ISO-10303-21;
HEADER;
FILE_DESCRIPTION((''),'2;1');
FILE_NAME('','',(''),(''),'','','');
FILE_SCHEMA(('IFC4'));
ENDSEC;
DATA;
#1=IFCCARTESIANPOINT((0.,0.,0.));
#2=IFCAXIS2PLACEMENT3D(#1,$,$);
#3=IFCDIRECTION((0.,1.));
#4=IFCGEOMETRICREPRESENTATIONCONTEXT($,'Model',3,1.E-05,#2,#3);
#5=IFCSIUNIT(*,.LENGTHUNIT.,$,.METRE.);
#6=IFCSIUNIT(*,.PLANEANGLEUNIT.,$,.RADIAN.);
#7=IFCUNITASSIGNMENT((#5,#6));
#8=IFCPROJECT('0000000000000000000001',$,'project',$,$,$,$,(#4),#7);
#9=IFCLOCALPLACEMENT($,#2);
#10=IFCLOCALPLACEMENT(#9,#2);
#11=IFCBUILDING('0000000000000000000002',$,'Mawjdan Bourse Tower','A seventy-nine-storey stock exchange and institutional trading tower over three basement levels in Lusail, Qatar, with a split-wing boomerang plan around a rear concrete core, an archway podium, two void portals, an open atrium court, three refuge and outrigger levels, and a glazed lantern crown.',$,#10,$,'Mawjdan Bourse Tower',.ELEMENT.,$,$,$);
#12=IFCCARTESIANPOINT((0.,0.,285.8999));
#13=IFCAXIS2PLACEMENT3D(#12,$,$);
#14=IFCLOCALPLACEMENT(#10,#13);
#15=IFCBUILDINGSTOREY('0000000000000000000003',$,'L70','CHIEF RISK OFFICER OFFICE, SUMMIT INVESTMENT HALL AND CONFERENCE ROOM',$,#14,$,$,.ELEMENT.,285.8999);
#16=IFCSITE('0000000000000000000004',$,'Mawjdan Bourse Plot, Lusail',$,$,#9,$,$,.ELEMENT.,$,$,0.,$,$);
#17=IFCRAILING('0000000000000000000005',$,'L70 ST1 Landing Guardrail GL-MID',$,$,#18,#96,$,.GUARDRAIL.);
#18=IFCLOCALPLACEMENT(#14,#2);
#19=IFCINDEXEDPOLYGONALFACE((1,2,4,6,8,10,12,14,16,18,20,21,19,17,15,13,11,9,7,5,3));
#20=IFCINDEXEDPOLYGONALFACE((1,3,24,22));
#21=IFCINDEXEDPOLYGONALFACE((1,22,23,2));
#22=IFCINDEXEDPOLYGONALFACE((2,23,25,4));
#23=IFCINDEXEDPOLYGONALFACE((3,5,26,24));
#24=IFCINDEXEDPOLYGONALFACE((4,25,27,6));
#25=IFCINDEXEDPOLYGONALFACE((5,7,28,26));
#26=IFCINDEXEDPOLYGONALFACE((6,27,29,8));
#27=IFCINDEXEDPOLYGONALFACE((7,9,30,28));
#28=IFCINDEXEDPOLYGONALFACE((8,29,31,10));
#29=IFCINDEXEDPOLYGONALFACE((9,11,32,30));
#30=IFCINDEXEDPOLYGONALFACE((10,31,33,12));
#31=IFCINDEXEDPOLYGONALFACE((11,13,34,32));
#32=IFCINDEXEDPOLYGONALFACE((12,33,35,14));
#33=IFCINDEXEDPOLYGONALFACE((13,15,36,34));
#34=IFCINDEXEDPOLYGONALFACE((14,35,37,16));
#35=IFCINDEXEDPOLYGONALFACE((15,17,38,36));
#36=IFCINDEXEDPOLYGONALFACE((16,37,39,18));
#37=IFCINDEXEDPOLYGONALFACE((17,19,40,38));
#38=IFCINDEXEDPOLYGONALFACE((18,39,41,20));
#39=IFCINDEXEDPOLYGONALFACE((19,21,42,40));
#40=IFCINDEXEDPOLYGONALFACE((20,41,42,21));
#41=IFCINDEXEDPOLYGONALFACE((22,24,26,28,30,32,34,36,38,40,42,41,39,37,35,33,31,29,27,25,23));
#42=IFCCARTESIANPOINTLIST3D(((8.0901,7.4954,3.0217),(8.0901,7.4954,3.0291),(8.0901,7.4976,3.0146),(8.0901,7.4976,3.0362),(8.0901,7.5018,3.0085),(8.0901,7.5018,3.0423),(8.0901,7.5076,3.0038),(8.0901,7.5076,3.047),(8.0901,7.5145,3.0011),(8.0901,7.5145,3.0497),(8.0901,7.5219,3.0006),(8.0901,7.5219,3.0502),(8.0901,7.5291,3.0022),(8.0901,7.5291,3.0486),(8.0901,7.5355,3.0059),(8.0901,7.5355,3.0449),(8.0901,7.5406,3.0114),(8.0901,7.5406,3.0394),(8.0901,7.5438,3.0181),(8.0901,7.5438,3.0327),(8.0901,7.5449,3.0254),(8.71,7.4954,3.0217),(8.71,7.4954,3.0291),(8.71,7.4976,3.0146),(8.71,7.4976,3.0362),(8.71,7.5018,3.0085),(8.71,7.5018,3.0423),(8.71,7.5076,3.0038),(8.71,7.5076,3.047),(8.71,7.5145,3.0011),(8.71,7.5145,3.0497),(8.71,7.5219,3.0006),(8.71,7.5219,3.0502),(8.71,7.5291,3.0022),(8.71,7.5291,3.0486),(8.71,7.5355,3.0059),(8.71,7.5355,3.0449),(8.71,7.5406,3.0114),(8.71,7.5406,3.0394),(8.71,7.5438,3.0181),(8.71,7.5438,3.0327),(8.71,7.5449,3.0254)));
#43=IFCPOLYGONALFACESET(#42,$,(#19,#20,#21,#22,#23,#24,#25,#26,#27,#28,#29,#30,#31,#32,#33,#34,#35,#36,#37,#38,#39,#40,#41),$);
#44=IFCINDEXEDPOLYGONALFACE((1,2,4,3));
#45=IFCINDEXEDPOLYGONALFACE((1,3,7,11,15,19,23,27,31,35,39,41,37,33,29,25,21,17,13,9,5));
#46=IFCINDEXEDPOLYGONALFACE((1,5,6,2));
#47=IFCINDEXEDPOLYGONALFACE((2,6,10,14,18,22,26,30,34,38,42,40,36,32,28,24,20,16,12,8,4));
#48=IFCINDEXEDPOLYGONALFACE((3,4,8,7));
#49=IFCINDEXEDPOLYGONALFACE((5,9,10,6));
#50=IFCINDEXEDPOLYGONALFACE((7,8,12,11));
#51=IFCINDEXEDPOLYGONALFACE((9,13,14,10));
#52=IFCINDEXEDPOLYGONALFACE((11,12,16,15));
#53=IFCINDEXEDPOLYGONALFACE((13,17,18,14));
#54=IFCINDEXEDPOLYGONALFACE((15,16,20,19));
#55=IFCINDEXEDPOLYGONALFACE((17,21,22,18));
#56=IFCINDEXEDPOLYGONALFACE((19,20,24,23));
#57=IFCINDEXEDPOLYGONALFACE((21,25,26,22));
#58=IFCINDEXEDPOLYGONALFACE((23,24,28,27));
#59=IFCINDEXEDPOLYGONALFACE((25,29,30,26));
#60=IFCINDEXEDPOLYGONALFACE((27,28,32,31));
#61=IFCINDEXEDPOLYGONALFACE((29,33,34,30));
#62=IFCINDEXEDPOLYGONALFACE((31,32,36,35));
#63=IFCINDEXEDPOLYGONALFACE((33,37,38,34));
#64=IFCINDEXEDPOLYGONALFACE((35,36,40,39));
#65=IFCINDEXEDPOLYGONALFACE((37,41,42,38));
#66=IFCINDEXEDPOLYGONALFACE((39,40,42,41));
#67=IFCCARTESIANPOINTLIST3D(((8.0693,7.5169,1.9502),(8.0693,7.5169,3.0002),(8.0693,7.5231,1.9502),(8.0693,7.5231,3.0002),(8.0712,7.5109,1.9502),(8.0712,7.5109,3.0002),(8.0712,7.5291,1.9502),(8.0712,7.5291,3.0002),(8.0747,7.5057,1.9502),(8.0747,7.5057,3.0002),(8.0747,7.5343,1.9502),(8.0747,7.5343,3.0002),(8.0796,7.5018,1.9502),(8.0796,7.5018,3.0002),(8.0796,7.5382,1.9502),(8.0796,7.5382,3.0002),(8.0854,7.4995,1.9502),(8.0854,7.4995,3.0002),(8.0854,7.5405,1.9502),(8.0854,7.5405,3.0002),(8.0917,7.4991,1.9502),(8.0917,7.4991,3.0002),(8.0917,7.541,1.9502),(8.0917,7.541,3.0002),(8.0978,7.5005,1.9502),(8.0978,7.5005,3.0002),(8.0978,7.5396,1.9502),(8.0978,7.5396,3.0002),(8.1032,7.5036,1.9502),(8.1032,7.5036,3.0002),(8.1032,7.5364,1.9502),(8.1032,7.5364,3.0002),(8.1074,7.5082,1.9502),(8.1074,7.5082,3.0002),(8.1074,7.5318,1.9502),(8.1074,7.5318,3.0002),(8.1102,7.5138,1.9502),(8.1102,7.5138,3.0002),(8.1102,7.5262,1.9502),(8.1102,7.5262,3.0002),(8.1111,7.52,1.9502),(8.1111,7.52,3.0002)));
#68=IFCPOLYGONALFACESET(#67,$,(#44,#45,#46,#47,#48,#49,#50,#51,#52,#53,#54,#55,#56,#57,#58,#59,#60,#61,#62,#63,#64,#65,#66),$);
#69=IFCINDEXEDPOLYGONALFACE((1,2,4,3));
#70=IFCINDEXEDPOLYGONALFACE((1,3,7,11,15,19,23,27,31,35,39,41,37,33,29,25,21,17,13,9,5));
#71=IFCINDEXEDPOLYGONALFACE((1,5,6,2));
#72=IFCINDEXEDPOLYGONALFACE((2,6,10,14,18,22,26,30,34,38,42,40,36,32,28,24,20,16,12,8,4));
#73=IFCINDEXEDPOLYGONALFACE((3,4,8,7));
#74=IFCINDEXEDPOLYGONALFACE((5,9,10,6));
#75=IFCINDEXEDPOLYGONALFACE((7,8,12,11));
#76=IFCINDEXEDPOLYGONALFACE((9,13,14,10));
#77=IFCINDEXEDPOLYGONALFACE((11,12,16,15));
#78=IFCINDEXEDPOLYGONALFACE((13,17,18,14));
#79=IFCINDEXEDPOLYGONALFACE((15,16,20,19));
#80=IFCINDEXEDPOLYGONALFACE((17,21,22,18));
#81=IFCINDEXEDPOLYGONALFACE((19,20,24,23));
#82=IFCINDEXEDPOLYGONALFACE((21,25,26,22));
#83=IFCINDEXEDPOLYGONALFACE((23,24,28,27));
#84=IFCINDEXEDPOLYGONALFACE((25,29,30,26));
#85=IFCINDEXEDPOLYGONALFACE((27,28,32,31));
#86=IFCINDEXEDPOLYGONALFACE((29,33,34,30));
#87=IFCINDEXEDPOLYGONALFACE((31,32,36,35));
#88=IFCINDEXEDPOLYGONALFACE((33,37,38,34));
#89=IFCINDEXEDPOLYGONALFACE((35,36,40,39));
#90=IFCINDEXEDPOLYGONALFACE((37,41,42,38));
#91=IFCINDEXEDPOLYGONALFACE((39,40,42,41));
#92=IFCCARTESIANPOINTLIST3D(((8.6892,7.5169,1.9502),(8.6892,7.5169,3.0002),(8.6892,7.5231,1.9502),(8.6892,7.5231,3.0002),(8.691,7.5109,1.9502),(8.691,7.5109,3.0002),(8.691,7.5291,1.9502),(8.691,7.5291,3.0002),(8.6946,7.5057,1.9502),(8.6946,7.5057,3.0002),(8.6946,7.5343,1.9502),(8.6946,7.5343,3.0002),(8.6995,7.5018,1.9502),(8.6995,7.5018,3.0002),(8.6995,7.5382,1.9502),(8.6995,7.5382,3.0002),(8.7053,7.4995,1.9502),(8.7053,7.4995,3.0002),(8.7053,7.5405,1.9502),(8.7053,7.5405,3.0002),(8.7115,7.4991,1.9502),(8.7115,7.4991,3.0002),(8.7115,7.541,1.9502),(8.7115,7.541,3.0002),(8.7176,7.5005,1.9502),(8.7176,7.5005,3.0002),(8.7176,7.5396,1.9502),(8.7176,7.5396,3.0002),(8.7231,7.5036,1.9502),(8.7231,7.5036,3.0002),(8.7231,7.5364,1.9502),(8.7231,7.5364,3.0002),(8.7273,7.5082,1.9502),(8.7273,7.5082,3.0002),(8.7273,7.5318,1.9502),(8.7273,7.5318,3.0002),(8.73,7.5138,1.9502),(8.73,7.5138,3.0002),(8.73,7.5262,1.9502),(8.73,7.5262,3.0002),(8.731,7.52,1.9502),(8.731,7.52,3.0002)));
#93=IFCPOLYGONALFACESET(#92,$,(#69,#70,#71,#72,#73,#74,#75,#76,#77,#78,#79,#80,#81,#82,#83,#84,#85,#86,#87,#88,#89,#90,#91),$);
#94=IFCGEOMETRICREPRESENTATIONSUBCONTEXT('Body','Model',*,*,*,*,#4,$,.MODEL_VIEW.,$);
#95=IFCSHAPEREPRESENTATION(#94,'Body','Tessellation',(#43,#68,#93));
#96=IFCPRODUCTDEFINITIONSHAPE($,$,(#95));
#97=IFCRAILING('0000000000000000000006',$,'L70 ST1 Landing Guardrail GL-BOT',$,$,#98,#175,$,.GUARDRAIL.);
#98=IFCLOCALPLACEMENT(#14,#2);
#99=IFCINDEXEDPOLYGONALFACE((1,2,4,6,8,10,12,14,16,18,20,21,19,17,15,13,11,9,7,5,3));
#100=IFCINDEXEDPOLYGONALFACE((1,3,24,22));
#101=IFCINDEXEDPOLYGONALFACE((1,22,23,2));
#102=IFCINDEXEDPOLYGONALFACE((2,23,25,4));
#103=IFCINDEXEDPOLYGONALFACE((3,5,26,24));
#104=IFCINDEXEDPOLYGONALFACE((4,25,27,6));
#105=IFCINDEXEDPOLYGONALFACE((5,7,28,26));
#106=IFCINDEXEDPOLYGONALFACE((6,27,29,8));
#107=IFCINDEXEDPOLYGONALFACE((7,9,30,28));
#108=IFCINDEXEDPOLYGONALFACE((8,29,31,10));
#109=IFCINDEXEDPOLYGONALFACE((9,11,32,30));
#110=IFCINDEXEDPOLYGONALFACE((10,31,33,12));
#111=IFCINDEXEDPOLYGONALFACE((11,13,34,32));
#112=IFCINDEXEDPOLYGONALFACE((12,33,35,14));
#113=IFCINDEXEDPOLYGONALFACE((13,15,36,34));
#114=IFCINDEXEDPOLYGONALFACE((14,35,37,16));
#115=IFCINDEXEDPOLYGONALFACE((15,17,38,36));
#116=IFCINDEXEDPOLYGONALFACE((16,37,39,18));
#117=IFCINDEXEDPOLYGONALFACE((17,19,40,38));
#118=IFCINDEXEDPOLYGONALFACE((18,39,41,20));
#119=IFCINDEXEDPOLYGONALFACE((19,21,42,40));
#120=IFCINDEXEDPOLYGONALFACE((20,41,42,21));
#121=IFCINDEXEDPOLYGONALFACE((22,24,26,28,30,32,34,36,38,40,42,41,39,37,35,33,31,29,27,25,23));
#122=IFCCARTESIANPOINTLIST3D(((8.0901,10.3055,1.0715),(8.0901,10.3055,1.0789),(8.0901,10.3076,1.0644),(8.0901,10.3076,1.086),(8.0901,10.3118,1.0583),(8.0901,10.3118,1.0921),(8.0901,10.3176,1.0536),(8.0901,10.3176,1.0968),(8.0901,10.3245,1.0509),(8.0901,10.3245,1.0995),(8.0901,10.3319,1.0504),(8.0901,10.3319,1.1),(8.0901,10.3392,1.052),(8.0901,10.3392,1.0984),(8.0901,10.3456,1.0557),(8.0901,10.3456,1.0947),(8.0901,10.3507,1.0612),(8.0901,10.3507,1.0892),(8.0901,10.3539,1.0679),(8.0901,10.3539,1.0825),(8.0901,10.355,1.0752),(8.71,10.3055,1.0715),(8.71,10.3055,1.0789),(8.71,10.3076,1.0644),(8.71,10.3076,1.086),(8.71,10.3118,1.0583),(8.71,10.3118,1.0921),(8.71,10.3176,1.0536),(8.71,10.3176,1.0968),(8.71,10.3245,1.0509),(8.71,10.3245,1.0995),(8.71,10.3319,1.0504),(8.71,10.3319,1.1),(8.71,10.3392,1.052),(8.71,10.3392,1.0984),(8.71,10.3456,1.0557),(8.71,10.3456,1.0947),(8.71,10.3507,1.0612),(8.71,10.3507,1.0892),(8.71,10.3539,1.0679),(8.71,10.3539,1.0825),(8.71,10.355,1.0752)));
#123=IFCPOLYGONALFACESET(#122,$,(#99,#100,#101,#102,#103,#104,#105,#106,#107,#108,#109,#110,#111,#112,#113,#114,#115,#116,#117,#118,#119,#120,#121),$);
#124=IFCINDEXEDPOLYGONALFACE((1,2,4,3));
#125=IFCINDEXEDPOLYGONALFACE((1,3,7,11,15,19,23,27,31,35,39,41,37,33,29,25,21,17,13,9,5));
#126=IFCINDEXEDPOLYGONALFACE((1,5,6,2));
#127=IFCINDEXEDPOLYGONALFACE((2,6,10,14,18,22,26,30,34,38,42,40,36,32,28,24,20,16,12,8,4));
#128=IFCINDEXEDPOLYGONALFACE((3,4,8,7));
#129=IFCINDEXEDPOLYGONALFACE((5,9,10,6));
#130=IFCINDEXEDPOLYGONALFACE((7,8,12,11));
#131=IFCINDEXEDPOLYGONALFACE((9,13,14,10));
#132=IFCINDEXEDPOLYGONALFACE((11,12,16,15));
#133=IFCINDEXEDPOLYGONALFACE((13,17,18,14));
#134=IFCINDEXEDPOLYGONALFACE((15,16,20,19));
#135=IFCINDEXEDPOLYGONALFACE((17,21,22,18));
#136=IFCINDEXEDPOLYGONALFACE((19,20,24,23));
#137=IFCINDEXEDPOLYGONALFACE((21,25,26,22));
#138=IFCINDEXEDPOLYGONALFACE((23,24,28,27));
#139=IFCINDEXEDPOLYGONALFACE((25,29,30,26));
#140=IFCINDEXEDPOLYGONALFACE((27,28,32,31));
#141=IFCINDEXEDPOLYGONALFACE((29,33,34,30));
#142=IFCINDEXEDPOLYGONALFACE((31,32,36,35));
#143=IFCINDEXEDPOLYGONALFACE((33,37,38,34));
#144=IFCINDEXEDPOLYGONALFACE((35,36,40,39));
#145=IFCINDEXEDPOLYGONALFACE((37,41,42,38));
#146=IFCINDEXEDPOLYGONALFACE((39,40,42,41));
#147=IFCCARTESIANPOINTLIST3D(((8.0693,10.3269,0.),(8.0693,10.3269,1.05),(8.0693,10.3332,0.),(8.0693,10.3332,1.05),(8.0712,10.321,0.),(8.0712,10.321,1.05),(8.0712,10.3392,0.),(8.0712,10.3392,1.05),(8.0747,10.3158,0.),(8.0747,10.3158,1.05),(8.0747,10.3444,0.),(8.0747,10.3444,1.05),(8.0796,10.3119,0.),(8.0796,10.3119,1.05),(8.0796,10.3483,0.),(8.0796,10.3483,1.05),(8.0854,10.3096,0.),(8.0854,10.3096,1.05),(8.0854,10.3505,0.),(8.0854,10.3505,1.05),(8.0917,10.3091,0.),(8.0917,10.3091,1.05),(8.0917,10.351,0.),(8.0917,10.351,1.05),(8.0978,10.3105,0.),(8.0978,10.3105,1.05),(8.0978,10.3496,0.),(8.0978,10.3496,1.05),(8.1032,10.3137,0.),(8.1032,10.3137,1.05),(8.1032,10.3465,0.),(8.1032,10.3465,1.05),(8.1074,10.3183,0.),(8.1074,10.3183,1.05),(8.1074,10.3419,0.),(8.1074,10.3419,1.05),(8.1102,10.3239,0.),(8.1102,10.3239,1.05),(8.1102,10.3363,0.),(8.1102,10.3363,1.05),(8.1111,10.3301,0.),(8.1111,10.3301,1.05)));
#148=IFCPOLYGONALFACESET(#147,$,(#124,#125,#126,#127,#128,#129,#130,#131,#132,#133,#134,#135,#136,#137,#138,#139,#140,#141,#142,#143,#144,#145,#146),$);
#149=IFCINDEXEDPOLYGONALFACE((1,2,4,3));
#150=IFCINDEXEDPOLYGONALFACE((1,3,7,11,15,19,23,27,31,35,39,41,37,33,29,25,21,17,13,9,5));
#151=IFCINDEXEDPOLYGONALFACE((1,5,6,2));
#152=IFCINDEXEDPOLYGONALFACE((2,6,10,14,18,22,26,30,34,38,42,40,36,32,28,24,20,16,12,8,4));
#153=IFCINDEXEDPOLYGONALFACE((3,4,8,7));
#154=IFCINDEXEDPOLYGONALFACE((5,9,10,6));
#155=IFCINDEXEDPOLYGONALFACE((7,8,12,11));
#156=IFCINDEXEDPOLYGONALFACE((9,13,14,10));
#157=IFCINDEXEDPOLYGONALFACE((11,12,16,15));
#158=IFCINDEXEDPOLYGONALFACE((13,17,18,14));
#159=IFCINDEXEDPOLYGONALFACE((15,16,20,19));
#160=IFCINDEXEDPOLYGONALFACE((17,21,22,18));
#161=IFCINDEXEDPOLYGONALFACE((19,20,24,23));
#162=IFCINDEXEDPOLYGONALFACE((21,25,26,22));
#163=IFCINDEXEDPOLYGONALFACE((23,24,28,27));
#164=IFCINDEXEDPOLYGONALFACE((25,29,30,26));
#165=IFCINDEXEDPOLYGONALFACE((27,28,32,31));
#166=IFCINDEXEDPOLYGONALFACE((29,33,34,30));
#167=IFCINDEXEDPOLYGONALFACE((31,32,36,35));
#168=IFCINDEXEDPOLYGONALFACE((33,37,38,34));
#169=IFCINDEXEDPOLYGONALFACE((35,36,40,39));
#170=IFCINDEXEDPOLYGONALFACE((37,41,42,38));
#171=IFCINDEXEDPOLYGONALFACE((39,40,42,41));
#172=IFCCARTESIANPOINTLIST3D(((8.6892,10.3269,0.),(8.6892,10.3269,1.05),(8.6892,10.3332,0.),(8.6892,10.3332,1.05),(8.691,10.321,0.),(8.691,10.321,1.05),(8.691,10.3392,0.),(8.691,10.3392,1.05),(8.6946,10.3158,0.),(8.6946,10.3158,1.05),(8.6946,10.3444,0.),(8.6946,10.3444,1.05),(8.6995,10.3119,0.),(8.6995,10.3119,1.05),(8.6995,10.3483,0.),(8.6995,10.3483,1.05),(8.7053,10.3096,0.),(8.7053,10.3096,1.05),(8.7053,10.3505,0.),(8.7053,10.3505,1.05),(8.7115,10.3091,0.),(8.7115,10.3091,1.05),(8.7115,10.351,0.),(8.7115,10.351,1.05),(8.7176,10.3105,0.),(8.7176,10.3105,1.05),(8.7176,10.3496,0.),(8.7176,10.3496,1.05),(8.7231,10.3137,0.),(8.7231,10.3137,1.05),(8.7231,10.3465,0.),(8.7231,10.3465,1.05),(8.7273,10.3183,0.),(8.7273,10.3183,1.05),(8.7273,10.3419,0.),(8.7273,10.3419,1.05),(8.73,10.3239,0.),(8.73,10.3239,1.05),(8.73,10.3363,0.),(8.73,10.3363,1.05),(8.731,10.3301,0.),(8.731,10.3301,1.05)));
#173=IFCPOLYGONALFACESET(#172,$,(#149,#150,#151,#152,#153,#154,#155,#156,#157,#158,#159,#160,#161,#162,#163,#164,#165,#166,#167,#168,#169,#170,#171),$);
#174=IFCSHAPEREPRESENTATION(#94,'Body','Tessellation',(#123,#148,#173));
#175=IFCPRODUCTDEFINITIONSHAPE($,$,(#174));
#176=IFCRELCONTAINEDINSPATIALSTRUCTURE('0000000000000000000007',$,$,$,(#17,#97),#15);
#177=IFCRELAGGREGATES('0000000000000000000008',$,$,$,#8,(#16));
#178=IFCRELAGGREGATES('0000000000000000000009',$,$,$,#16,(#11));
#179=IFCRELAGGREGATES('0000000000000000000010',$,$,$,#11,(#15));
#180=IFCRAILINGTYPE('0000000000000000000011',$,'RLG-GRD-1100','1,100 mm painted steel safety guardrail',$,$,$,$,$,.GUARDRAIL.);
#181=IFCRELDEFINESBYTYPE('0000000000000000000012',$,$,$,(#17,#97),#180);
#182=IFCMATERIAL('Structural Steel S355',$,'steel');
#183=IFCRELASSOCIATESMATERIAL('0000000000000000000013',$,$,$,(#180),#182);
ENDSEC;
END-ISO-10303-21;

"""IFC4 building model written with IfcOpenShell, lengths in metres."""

from ifc_helpers import new_model, si_unit, direction, frame, origin, origin_2d, place, context, subcontext, project, spatial, circle, extrude, material, type_object, element, save


model = new_model("IFC4")

# Units and contexts
model_context = context("Model", 3, precision=1e-05, world=origin(), true_north=direction((0.0, 1.0)))
body_context = subcontext(model_context, "Body", "Model", "MODEL_VIEW")
ifc_project = project(units=[si_unit("LENGTHUNIT", "METRE"), si_unit("PLANEANGLEUNIT", "RADIAN")], contexts=[model_context])

# Site, building, storey
site_placement = place(None, origin())
site = spatial("IfcSite", under=ifc_project, at=site_placement, Name="Mawjdan Bourse Plot, Lusail", CompositionType="ELEMENT", RefElevation=0.0)
building_placement = place(site_placement, origin())
building = spatial("IfcBuilding", under=site, at=building_placement, Name="Mawjdan Bourse Tower", Description="A seventy-nine-storey stock exchange and institutional trading tower over three basement levels in Lusail, Qatar, with a split-wing boomerang plan around a rear concrete core, an archway podium, two void portals, an open atrium court, three refuge and outrigger levels, and a glazed lantern crown.", LongName="Mawjdan Bourse Tower", CompositionType="ELEMENT")
storey_placement = place(building_placement, frame((0.0, 0.0, 285.8999)))
storey = spatial("IfcBuildingStorey", under=building, at=storey_placement, Name="L70", Description="CHIEF RISK OFFICER OFFICE, SUMMIT INVESTMENT HALL AND CONFERENCE ROOM", CompositionType="ELEMENT", Elevation=285.8999)

# Railings
ifc_material_1 = material(Name="Structural Steel S355", Category="steel")
railing_type_1 = type_object("IfcRailingType", Name="RLG-GRD-1100", Description="1,100 mm painted steel safety guardrail", PredefinedType="GUARDRAIL", material=ifc_material_1)
for number, where, name in (
    (1, (8.0901, 7.52, 1.9502), "L70 ST1 Landing Guardrail GL-MID"),
    (2, (8.0901, 10.3301, 0.0), "L70 ST1 Landing Guardrail GL-BOT"),
):
    element("IfcRailing", number, at=place(storey_placement, frame(where)), inside=storey, type_object=railing_type_1, Name=name, PredefinedType="GUARDRAIL", context=body_context, shape_type="SweptSolid", body=[
        extrude(circle(Radius=0.0249, at=origin_2d()), frame((0.0, 0.0, 1.0752), z_axis=(1.0, 0.0, 0.0), x_axis=(0.0, 1.0, 0.0)), (0.0, 0.0, 1.0), 0.6199),
        extrude(circle(Radius=0.021, at=origin_2d()), origin(), (0.0, 0.0, 1.0), 1.05),
        extrude(circle(Radius=0.021, at=origin_2d()), frame((0.6199, 0.0, 0.0)), (0.0, 0.0, 1.0), 1.05),
    ])

save(model, "model.ifc")
